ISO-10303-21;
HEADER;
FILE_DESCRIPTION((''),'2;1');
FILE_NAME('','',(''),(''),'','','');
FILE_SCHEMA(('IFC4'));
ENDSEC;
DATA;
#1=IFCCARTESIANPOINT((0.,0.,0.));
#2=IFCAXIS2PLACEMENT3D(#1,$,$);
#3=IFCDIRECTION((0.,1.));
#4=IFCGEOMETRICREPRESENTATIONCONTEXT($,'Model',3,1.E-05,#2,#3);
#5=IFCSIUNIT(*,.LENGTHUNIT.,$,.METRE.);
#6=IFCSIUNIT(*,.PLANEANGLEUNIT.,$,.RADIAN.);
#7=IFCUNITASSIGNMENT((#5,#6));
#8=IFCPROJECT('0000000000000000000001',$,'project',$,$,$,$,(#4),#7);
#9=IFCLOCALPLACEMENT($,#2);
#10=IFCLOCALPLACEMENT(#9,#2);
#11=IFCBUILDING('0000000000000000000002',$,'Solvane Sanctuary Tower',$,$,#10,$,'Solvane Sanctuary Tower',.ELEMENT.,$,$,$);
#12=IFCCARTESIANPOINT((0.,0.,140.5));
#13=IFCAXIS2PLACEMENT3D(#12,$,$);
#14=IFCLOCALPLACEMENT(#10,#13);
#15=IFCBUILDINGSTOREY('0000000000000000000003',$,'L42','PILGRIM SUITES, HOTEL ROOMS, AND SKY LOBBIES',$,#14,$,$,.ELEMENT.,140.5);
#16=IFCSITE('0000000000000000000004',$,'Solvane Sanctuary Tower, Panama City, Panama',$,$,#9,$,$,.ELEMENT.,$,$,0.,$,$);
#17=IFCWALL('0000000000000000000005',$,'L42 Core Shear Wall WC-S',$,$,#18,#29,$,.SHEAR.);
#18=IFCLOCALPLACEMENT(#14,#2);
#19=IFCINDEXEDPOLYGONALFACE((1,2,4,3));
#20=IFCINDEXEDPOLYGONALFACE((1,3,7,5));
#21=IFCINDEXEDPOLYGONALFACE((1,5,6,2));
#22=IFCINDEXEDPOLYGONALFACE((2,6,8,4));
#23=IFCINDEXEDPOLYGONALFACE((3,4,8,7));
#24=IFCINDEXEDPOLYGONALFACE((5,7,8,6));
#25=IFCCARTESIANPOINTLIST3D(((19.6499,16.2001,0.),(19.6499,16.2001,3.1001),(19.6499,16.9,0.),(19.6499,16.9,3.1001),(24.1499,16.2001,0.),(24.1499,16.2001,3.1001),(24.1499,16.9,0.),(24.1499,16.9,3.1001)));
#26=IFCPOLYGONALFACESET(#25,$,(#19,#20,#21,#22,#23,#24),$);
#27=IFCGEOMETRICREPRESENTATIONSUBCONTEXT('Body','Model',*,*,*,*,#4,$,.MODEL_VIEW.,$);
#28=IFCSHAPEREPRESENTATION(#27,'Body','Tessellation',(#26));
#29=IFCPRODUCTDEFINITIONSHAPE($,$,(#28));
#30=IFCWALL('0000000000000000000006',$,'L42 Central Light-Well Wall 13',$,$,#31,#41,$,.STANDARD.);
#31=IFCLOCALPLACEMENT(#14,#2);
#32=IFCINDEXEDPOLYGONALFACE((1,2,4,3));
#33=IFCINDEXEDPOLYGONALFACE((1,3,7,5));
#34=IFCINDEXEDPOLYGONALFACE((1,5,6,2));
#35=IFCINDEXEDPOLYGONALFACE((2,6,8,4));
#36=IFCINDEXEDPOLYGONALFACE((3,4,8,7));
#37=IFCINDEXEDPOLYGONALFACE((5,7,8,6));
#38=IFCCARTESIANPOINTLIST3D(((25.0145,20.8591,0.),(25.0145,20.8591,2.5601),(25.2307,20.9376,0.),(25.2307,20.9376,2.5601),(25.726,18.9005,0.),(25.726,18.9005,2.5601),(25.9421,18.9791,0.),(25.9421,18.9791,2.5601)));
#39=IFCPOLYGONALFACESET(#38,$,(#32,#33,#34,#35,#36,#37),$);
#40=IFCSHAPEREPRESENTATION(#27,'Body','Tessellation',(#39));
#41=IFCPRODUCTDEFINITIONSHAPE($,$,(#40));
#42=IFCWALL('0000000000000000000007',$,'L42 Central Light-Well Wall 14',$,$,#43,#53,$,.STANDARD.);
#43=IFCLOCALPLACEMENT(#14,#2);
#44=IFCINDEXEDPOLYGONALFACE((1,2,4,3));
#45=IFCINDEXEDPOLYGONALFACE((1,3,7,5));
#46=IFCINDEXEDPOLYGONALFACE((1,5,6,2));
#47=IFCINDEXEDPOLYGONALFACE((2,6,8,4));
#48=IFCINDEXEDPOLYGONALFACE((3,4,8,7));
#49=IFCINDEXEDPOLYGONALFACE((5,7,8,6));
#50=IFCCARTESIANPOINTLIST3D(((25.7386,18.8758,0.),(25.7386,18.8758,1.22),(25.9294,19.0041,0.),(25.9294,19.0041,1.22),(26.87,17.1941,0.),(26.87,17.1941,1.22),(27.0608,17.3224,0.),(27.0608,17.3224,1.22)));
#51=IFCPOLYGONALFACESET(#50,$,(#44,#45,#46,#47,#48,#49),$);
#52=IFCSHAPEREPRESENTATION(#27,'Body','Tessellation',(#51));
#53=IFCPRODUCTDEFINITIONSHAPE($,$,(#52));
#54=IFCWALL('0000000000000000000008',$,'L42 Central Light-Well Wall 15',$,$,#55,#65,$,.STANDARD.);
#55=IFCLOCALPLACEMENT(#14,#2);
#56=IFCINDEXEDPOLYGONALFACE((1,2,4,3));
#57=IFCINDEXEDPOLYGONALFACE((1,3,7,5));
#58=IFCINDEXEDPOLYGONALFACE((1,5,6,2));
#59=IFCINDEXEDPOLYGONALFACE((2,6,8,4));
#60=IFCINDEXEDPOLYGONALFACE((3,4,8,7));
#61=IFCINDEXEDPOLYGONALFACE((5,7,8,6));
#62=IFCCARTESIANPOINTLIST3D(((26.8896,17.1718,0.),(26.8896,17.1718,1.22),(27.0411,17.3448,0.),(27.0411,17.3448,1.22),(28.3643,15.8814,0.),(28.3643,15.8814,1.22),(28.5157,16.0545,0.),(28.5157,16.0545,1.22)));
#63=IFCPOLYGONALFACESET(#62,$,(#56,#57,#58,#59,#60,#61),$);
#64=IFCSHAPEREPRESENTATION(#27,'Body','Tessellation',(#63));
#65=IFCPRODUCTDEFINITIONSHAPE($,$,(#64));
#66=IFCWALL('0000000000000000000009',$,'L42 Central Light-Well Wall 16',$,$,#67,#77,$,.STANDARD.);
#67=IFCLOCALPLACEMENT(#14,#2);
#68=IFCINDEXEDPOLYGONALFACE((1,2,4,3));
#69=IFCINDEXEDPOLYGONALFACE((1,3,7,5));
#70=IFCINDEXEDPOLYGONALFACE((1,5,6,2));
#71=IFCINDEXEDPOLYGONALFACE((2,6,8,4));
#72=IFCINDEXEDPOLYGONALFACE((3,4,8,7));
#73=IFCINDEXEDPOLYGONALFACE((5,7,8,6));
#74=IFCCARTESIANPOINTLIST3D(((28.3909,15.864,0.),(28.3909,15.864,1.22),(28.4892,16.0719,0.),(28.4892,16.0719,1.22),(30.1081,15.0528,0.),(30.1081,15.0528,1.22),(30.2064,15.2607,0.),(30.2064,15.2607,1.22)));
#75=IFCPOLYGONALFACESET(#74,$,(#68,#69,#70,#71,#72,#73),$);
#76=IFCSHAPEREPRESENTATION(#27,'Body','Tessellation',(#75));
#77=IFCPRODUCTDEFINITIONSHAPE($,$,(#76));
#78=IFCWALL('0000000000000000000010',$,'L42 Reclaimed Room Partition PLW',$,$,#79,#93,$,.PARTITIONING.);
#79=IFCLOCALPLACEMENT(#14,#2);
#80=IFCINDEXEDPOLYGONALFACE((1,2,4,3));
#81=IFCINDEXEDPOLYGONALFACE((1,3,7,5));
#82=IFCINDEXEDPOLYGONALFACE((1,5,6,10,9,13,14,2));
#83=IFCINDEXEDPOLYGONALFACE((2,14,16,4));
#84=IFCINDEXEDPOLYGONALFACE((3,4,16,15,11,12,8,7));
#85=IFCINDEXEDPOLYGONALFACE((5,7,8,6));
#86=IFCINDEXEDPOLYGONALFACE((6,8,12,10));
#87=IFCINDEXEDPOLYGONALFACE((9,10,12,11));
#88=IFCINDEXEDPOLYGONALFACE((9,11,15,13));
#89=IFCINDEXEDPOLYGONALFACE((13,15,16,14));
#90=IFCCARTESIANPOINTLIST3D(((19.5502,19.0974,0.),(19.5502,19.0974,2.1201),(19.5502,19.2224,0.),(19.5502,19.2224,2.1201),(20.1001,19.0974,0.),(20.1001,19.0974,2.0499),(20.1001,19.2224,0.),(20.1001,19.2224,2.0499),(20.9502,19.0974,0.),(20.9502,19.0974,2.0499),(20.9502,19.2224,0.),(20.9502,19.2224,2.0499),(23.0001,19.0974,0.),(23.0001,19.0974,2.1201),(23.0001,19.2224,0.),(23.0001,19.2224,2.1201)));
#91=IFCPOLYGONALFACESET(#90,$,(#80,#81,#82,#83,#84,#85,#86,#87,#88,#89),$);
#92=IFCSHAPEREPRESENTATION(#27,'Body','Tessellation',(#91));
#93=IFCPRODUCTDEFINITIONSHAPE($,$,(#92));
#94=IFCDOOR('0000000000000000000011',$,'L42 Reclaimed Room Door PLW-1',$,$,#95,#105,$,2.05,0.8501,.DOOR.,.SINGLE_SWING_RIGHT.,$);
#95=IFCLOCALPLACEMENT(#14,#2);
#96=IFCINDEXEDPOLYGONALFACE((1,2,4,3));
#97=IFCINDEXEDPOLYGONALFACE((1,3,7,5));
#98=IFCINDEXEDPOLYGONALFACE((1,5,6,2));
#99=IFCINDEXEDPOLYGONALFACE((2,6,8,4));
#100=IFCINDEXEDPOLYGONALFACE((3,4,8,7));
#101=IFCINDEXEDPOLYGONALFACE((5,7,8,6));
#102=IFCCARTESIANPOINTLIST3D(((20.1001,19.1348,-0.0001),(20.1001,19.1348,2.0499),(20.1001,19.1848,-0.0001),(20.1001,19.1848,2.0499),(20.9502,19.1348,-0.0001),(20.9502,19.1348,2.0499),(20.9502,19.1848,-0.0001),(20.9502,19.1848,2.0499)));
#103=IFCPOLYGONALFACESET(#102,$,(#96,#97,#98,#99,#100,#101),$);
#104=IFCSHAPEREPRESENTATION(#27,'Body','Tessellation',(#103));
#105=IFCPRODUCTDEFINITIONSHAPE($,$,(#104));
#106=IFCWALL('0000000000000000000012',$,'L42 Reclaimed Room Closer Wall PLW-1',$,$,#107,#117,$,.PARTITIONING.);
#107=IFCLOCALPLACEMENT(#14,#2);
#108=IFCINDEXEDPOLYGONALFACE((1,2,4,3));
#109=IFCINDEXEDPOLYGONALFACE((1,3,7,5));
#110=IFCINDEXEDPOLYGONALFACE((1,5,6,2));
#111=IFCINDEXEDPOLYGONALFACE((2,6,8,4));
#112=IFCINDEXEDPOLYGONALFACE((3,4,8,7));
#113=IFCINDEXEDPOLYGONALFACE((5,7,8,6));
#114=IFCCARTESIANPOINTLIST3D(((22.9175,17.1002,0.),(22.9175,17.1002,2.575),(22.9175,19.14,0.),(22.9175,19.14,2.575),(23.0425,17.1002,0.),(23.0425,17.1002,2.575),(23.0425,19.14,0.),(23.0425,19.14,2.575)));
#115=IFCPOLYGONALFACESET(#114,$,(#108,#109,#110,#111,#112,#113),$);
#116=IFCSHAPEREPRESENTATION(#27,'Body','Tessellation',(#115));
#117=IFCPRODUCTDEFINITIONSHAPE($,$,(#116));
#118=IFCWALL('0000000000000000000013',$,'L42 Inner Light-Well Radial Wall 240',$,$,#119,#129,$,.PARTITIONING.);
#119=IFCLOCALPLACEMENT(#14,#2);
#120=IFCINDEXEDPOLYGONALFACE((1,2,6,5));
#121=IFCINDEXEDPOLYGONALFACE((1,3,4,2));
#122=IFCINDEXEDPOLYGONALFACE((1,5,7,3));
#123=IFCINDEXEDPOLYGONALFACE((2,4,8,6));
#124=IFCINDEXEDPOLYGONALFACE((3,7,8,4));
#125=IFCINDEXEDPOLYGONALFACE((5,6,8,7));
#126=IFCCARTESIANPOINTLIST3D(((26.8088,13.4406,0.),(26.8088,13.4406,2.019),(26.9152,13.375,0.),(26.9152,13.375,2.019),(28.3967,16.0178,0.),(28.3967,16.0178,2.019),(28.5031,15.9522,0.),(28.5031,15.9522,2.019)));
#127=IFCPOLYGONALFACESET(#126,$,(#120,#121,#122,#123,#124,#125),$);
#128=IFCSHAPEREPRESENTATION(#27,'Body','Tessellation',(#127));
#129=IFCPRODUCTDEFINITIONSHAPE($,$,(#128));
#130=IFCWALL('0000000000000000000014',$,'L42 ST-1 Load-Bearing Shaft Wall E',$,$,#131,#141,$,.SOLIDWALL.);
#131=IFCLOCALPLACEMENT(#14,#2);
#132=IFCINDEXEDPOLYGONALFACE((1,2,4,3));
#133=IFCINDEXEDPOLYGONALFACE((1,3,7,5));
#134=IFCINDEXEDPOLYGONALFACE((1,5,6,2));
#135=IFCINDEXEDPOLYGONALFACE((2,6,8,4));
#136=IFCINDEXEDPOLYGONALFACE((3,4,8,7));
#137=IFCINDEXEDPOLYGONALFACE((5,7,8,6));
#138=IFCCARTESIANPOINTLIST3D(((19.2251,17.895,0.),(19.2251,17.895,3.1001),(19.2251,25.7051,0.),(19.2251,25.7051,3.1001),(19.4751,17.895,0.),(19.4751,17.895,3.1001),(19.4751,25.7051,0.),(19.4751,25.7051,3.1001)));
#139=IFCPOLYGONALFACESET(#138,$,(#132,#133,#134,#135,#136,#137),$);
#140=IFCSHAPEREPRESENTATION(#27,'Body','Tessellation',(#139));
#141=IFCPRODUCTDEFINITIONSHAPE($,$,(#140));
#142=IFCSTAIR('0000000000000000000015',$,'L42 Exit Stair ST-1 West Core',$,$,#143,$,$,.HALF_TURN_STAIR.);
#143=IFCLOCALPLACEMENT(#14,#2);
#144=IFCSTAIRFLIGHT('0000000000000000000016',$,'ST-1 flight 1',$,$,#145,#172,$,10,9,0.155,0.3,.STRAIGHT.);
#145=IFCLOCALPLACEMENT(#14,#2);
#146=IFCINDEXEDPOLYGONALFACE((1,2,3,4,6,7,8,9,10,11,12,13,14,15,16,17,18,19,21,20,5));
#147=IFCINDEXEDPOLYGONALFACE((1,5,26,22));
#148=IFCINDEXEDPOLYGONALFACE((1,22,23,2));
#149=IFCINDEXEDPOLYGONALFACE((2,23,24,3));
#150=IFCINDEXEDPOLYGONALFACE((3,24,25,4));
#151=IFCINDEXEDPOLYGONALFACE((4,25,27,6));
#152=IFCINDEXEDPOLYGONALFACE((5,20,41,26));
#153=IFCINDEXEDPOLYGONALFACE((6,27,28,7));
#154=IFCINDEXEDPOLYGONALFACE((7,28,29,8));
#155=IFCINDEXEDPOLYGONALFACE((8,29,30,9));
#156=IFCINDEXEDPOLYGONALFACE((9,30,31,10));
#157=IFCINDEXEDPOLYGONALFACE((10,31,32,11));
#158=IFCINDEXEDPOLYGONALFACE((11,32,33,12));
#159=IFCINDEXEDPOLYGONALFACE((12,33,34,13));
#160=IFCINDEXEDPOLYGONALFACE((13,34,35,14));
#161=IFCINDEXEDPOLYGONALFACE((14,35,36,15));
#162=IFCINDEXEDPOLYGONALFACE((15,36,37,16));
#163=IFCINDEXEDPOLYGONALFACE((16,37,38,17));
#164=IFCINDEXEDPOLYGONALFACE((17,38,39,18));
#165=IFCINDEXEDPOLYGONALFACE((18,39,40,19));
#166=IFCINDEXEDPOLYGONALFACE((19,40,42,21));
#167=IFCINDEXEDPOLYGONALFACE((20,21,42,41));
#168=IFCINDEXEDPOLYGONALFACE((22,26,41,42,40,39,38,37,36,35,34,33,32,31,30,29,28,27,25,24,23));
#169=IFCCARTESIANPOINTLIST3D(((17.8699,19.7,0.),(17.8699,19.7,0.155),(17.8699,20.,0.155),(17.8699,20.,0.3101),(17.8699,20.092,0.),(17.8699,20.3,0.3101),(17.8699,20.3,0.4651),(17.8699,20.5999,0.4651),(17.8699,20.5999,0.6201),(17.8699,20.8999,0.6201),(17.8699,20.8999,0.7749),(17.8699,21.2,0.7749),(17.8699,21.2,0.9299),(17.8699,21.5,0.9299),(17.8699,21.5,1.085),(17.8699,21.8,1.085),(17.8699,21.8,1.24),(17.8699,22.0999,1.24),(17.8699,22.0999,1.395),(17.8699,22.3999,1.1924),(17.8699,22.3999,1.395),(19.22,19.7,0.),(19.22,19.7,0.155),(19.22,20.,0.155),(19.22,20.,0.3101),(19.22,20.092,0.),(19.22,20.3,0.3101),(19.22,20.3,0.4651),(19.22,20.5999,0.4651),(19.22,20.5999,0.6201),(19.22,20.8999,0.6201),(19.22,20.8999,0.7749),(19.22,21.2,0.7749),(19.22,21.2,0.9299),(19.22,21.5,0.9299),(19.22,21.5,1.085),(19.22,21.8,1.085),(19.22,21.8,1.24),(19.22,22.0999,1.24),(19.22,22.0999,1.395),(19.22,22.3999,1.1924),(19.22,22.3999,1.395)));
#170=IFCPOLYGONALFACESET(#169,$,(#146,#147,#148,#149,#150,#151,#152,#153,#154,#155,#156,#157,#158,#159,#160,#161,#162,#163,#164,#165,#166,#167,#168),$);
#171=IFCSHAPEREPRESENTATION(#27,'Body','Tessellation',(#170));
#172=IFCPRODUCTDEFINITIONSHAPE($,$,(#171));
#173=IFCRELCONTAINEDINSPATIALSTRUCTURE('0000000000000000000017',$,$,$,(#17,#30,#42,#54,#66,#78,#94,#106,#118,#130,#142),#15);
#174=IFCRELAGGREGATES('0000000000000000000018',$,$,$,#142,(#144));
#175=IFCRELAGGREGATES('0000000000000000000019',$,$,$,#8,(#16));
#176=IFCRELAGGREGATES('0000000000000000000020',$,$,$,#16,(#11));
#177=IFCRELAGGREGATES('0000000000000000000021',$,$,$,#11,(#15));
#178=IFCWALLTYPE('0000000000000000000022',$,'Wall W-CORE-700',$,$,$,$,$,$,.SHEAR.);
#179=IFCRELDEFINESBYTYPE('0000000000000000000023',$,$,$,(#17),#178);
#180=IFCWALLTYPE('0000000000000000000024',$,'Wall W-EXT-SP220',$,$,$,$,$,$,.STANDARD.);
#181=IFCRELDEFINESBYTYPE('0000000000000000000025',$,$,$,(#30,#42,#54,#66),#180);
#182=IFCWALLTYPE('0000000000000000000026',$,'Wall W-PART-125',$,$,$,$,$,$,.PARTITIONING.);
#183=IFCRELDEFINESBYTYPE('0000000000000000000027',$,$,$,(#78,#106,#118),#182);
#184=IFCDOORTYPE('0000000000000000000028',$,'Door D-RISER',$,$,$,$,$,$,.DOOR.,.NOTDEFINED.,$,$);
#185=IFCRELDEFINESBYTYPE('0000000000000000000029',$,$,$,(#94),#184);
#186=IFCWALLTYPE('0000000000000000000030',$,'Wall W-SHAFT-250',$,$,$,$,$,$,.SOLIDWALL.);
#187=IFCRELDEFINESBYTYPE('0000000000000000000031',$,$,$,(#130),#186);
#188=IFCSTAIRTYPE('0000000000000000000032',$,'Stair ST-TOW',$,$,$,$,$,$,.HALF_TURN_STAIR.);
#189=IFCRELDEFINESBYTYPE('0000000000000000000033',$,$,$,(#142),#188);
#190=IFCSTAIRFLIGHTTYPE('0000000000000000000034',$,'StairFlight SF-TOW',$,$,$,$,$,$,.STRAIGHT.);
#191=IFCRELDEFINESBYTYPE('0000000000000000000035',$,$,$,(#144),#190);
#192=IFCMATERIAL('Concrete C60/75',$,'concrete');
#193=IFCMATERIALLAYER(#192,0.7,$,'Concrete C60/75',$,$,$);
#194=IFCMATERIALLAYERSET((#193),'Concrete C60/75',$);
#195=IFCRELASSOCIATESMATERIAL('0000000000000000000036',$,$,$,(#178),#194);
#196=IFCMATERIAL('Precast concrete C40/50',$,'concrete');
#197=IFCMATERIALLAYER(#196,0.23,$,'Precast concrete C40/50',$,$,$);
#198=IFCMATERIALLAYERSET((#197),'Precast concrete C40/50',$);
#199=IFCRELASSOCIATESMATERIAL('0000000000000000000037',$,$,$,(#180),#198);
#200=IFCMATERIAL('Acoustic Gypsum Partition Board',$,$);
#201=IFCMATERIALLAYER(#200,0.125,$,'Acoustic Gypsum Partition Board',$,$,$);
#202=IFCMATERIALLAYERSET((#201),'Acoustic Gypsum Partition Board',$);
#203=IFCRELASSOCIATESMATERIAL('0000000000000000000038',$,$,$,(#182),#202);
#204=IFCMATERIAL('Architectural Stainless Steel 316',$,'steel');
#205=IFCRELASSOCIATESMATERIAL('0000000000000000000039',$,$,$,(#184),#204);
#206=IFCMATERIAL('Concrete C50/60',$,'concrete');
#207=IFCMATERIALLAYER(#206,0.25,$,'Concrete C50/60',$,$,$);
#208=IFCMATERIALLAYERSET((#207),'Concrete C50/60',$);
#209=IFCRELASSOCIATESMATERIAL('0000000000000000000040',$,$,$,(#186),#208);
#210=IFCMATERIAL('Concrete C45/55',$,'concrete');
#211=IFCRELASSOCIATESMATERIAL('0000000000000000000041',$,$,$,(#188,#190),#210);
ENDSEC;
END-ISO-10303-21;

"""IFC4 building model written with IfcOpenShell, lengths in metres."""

from ifc_helpers import new_model, si_unit, direction, frame, frame_2d, origin, place, context, subcontext, project, spatial, polyline, rectangle, outline, extrude, material, layer, layer_set, type_object, element, fill, aggregate, save


model = new_model("IFC4")

# Units and contexts
model_context = context("Model", 3, precision=1e-05, world=origin(), true_north=direction((0.0, 1.0)))
body_context = subcontext(model_context, "Body", "Model", "MODEL_VIEW")
ifc_project = project(units=[si_unit("LENGTHUNIT", "METRE"), si_unit("PLANEANGLEUNIT", "RADIAN")], contexts=[model_context])

# Site, building, storey
site_placement = place(None, origin())
site = spatial("IfcSite", under=ifc_project, at=site_placement, Name="Solvane Sanctuary Tower, Panama City, Panama", CompositionType="ELEMENT", RefElevation=0.0)
building_placement = place(site_placement, origin())
building = spatial("IfcBuilding", under=site, at=building_placement, Name="Solvane Sanctuary Tower", LongName="Solvane Sanctuary Tower", CompositionType="ELEMENT")
storey_placement = place(building_placement, frame((0.0, 0.0, 140.5)))
storey = spatial("IfcBuildingStorey", under=building, at=storey_placement, Name="L42", Description="PILGRIM SUITES, HOTEL ROOMS, AND SKY LOBBIES", CompositionType="ELEMENT", Elevation=140.5)

# Shared definitions
ifc_material_1 = material(Name="Concrete C50/60", Category="concrete")

# Walls
ifc_material_2 = material(Name="Concrete C60/75", Category="concrete")
ifc_layer_1 = layer(ifc_material_2, 0.7, Name="Concrete C60/75")
ifc_layer_set_1 = layer_set([ifc_layer_1], Name="Concrete C60/75")
wall_type_1 = type_object("IfcWallType", Name="Wall W-CORE-700", PredefinedType="SHEAR", material=ifc_layer_set_1)
wall_1_placement = place(storey_placement, frame((19.6499, 16.55, 0.0), z_axis=(0.0, 0.0, 1.0), x_axis=(1.0, 0.0, 0.0)))
element("IfcWall", 1, at=wall_1_placement, inside=storey, type_object=wall_type_1, Name="L42 Core Shear Wall WC-S", PredefinedType="SHEAR", context=body_context, shape_type="SweptSolid", body=[
    extrude(rectangle(XDim=4.5, YDim=0.7, at=frame_2d((2.25, 0.0))), origin(), (0.0, 0.0, 1.0), 3.1001),
])
ifc_material_3 = material(Name="Precast concrete C40/50", Category="concrete")
ifc_layer_2 = layer(ifc_material_3, 0.23, Name="Precast concrete C40/50")
ifc_layer_set_2 = layer_set([ifc_layer_2], Name="Precast concrete C40/50")
wall_type_2 = type_object("IfcWallType", Name="Wall W-EXT-SP220", PredefinedType="STANDARD", material=ifc_layer_set_2)
wall_2_placement = place(storey_placement, frame((25.1226, 20.8984, 0.0), z_axis=(0.0, 0.0, 1.0), x_axis=(0.341423, -0.93991, 0.0)))
element("IfcWall", 2, at=wall_2_placement, inside=storey, type_object=wall_type_2, Name="L42 Central Light-Well Wall 13", PredefinedType="STANDARD", context=body_context, shape_type="SweptSolid", body=[
    extrude(rectangle(XDim=2.0837, YDim=0.23, at=frame_2d((1.042, 0.0))), origin(), (0.0, 0.0, 1.0), 2.5601),
])
wall_3_placement = place(storey_placement, frame((25.834, 18.9399, 0.0), z_axis=(0.0, 0.0, 1.0), x_axis=(0.558198, -0.829708, 0.0)))
element("IfcWall", 3, at=wall_3_placement, inside=storey, type_object=wall_type_2, Name="L42 Central Light-Well Wall 14", PredefinedType="STANDARD", context=body_context, shape_type="SweptSolid", body=[
    extrude(rectangle(XDim=2.0269, YDim=0.23, at=frame_2d((1.0134, 0.0))), origin(), (0.0, 0.0, 1.0), 1.22),
])
wall_4_placement = place(storey_placement, frame((26.9653, 17.2583, 0.0), z_axis=(0.0, 0.0, 1.0), x_axis=(0.752577, -0.658505, 0.0)))
element("IfcWall", 4, at=wall_4_placement, inside=storey, type_object=wall_type_2, Name="L42 Central Light-Well Wall 15", PredefinedType="STANDARD", context=body_context, shape_type="SweptSolid", body=[
    extrude(rectangle(XDim=1.9595, YDim=0.23, at=frame_2d((0.9797, 0.0))), origin(), (0.0, 0.0, 1.0), 1.22),
])
wall_5_placement = place(storey_placement, frame((28.4399, 15.968, 0.0), z_axis=(0.0, 0.0, 1.0), x_axis=(0.90418, -0.427152, 0.0)))
element("IfcWall", 5, at=wall_5_placement, inside=storey, type_object=wall_type_2, Name="L42 Central Light-Well Wall 16", PredefinedType="STANDARD", context=body_context, shape_type="SweptSolid", body=[
    extrude(rectangle(XDim=1.8992, YDim=0.23, at=frame_2d((0.9497, 0.0))), origin(), (0.0, 0.0, 1.0), 1.22),
])

# Wall, opening, door
ifc_material_4 = material(Name="Acoustic Gypsum Partition Board")
ifc_layer_3 = layer(ifc_material_4, 0.125, Name="Acoustic Gypsum Partition Board")
ifc_layer_set_3 = layer_set([ifc_layer_3], Name="Acoustic Gypsum Partition Board")
wall_type_3 = type_object("IfcWallType", Name="Wall W-PART-125", PredefinedType="PARTITIONING", material=ifc_layer_set_3)
wall_6_placement = place(storey_placement, frame((19.55, 19.1599, 0.0), z_axis=(0.0, 0.0, 1.0), x_axis=(1.0, 0.0, 0.0)))
wall_6 = element("IfcWall", 6, at=wall_6_placement, inside=storey, type_object=wall_type_3, Name="L42 Reclaimed Room Partition PLW", PredefinedType="PARTITIONING", context=body_context, shape_type="SweptSolid", body=[
    extrude(rectangle(XDim=3.45, YDim=0.125, at=frame_2d((1.7251, 0.0))), origin(), (0.0, 0.0, 1.0), 2.1201),
])
opening_placement = place(wall_6_placement, frame((0.55, 0.0, 0.0)))
opening = element("IfcOpeningElement", 7, at=opening_placement, cuts=wall_6, PredefinedType="OPENING", context=body_context, shape_type="SweptSolid", body=[
    extrude(rectangle(XDim=0.8501, YDim=2.05, at=frame_2d((0.425, 1.0249))), frame((0.0, 0.0725, 0.0), z_axis=(0.0, -1.0, 0.0), x_axis=(1.0, 0.0, 0.0)), (0.0, 0.0, 1.0), 0.145),
])
ifc_material_5 = material(Name="Architectural Stainless Steel 316", Category="steel")
door_type = type_object("IfcDoorType", Name="Door D-RISER", OperationType="NOTDEFINED", PredefinedType="DOOR", material=ifc_material_5)
door_placement = place(opening_placement, origin())
door = element("IfcDoor", 8, at=door_placement, inside=storey, type_object=door_type, Name="L42 Reclaimed Room Door PLW-1", OperationType="SINGLE_SWING_RIGHT", OverallHeight=2.05, OverallWidth=0.8501, PredefinedType="DOOR", context=body_context, shape_type="SweptSolid", body=[
    extrude(rectangle(XDim=0.8501, YDim=2.05, at=frame_2d((0.425, 1.0249))), frame((0.0, 0.0249, 0.0), z_axis=(0.0, -1.0, 0.0), x_axis=(1.0, 0.0, 0.0)), (0.0, 0.0, 1.0), 0.05),
])
fill(opening, door)

# Walls
wall_7_placement = place(storey_placement, frame((22.98, 17.1001, 0.0), z_axis=(0.0, 0.0, 1.0), x_axis=(0.0, 1.0, 0.0)))
element("IfcWall", 9, at=wall_7_placement, inside=storey, type_object=wall_type_3, Name="L42 Reclaimed Room Closer Wall PLW-1", PredefinedType="PARTITIONING", context=body_context, shape_type="SweptSolid", body=[
    extrude(rectangle(XDim=2.0398, YDim=0.125, at=frame_2d((1.02, 0.0))), origin(), (0.0, 0.0, 1.0), 2.575),
])
wall_8_placement = place(storey_placement, frame((28.45, 15.9851, 0.0), z_axis=(0.0, 0.0, 1.0), x_axis=(-0.524565, -0.85137, 0.0)))
element("IfcWall", 10, at=wall_8_placement, inside=storey, type_object=wall_type_3, Name="L42 Inner Light-Well Radial Wall 240", PredefinedType="PARTITIONING", context=body_context, shape_type="SweptSolid", body=[
    extrude(rectangle(XDim=3.0271, YDim=0.125, at=frame_2d((1.5137, 0.0))), origin(), (0.0, 0.0, 1.0), 2.019),
])
ifc_layer_4 = layer(ifc_material_1, 0.25, Name="Concrete C50/60")
ifc_layer_set_4 = layer_set([ifc_layer_4], Name="Concrete C50/60")
wall_type_4 = type_object("IfcWallType", Name="Wall W-SHAFT-250", PredefinedType="SOLIDWALL", material=ifc_layer_set_4)
wall_9_placement = place(storey_placement, frame((19.3501, 17.895, 0.0), z_axis=(0.0, 0.0, 1.0), x_axis=(0.0, 1.0, 0.0)))
element("IfcWall", 11, at=wall_9_placement, inside=storey, type_object=wall_type_4, Name="L42 ST-1 Load-Bearing Shaft Wall E", PredefinedType="SOLIDWALL", context=body_context, shape_type="SweptSolid", body=[
    extrude(rectangle(XDim=7.8101, YDim=0.25, at=frame_2d((3.905, 0.0))), origin(), (0.0, 0.0, 1.0), 3.1001),
])

# Stair, stair flight
ifc_material_6 = material(Name="Concrete C45/55", Category="concrete")
stair_type = type_object("IfcStairType", Name="Stair ST-TOW", PredefinedType="HALF_TURN_STAIR", material=ifc_material_6)
stair_placement = place(storey_placement, origin())
stair = element("IfcStair", 12, at=stair_placement, inside=storey, type_object=stair_type, Name="L42 Exit Stair ST-1 West Core", PredefinedType="HALF_TURN_STAIR")
stair_flight_type = type_object("IfcStairFlightType", Name="StairFlight SF-TOW", PredefinedType="STRAIGHT", material=ifc_material_6)
stair_flight_placement = place(storey_placement, frame((18.5449, 19.7, 0.0), z_axis=(0.0, 0.0, 1.0), x_axis=(0.0, 1.0, 0.0)))
stair_flight = element("IfcStairFlight", 13, at=stair_flight_placement, type_object=stair_flight_type, Name="ST-1 flight 1", NumberOfRisers=10, NumberOfTreads=9, PredefinedType="STRAIGHT", RiserHeight=0.155, TreadLength=0.3, context=body_context, shape_type="SweptSolid", body=[
    extrude(outline(polyline([(0.0, 0.0), (0.0, 0.155), (0.3, 0.155), (0.3, 0.3101), (0.6001, 0.3101), (0.6001, 0.4651), (0.8999, 0.4651), (0.8999, 0.6201), (1.2, 0.6201), (1.2, 0.7749), (1.5, 0.7749), (1.5, 0.9299), (1.8, 0.9299), (1.8, 1.085), (2.1001, 1.085), (2.1001, 1.24), (2.3999, 1.24), (2.3999, 1.395), (2.7, 1.395), (2.7, 1.55), (2.7, 1.1924), (0.3921, 0.0), (0.0, 0.0)])), frame((0.0, 0.675, 0.0), z_axis=(0.0, -1.0, 0.0), x_axis=(1.0, 0.0, 0.0)), (0.0, 0.0, 1.0), 1.3501),
])
aggregate(stair, [stair_flight])

save(model, "model.ifc")
